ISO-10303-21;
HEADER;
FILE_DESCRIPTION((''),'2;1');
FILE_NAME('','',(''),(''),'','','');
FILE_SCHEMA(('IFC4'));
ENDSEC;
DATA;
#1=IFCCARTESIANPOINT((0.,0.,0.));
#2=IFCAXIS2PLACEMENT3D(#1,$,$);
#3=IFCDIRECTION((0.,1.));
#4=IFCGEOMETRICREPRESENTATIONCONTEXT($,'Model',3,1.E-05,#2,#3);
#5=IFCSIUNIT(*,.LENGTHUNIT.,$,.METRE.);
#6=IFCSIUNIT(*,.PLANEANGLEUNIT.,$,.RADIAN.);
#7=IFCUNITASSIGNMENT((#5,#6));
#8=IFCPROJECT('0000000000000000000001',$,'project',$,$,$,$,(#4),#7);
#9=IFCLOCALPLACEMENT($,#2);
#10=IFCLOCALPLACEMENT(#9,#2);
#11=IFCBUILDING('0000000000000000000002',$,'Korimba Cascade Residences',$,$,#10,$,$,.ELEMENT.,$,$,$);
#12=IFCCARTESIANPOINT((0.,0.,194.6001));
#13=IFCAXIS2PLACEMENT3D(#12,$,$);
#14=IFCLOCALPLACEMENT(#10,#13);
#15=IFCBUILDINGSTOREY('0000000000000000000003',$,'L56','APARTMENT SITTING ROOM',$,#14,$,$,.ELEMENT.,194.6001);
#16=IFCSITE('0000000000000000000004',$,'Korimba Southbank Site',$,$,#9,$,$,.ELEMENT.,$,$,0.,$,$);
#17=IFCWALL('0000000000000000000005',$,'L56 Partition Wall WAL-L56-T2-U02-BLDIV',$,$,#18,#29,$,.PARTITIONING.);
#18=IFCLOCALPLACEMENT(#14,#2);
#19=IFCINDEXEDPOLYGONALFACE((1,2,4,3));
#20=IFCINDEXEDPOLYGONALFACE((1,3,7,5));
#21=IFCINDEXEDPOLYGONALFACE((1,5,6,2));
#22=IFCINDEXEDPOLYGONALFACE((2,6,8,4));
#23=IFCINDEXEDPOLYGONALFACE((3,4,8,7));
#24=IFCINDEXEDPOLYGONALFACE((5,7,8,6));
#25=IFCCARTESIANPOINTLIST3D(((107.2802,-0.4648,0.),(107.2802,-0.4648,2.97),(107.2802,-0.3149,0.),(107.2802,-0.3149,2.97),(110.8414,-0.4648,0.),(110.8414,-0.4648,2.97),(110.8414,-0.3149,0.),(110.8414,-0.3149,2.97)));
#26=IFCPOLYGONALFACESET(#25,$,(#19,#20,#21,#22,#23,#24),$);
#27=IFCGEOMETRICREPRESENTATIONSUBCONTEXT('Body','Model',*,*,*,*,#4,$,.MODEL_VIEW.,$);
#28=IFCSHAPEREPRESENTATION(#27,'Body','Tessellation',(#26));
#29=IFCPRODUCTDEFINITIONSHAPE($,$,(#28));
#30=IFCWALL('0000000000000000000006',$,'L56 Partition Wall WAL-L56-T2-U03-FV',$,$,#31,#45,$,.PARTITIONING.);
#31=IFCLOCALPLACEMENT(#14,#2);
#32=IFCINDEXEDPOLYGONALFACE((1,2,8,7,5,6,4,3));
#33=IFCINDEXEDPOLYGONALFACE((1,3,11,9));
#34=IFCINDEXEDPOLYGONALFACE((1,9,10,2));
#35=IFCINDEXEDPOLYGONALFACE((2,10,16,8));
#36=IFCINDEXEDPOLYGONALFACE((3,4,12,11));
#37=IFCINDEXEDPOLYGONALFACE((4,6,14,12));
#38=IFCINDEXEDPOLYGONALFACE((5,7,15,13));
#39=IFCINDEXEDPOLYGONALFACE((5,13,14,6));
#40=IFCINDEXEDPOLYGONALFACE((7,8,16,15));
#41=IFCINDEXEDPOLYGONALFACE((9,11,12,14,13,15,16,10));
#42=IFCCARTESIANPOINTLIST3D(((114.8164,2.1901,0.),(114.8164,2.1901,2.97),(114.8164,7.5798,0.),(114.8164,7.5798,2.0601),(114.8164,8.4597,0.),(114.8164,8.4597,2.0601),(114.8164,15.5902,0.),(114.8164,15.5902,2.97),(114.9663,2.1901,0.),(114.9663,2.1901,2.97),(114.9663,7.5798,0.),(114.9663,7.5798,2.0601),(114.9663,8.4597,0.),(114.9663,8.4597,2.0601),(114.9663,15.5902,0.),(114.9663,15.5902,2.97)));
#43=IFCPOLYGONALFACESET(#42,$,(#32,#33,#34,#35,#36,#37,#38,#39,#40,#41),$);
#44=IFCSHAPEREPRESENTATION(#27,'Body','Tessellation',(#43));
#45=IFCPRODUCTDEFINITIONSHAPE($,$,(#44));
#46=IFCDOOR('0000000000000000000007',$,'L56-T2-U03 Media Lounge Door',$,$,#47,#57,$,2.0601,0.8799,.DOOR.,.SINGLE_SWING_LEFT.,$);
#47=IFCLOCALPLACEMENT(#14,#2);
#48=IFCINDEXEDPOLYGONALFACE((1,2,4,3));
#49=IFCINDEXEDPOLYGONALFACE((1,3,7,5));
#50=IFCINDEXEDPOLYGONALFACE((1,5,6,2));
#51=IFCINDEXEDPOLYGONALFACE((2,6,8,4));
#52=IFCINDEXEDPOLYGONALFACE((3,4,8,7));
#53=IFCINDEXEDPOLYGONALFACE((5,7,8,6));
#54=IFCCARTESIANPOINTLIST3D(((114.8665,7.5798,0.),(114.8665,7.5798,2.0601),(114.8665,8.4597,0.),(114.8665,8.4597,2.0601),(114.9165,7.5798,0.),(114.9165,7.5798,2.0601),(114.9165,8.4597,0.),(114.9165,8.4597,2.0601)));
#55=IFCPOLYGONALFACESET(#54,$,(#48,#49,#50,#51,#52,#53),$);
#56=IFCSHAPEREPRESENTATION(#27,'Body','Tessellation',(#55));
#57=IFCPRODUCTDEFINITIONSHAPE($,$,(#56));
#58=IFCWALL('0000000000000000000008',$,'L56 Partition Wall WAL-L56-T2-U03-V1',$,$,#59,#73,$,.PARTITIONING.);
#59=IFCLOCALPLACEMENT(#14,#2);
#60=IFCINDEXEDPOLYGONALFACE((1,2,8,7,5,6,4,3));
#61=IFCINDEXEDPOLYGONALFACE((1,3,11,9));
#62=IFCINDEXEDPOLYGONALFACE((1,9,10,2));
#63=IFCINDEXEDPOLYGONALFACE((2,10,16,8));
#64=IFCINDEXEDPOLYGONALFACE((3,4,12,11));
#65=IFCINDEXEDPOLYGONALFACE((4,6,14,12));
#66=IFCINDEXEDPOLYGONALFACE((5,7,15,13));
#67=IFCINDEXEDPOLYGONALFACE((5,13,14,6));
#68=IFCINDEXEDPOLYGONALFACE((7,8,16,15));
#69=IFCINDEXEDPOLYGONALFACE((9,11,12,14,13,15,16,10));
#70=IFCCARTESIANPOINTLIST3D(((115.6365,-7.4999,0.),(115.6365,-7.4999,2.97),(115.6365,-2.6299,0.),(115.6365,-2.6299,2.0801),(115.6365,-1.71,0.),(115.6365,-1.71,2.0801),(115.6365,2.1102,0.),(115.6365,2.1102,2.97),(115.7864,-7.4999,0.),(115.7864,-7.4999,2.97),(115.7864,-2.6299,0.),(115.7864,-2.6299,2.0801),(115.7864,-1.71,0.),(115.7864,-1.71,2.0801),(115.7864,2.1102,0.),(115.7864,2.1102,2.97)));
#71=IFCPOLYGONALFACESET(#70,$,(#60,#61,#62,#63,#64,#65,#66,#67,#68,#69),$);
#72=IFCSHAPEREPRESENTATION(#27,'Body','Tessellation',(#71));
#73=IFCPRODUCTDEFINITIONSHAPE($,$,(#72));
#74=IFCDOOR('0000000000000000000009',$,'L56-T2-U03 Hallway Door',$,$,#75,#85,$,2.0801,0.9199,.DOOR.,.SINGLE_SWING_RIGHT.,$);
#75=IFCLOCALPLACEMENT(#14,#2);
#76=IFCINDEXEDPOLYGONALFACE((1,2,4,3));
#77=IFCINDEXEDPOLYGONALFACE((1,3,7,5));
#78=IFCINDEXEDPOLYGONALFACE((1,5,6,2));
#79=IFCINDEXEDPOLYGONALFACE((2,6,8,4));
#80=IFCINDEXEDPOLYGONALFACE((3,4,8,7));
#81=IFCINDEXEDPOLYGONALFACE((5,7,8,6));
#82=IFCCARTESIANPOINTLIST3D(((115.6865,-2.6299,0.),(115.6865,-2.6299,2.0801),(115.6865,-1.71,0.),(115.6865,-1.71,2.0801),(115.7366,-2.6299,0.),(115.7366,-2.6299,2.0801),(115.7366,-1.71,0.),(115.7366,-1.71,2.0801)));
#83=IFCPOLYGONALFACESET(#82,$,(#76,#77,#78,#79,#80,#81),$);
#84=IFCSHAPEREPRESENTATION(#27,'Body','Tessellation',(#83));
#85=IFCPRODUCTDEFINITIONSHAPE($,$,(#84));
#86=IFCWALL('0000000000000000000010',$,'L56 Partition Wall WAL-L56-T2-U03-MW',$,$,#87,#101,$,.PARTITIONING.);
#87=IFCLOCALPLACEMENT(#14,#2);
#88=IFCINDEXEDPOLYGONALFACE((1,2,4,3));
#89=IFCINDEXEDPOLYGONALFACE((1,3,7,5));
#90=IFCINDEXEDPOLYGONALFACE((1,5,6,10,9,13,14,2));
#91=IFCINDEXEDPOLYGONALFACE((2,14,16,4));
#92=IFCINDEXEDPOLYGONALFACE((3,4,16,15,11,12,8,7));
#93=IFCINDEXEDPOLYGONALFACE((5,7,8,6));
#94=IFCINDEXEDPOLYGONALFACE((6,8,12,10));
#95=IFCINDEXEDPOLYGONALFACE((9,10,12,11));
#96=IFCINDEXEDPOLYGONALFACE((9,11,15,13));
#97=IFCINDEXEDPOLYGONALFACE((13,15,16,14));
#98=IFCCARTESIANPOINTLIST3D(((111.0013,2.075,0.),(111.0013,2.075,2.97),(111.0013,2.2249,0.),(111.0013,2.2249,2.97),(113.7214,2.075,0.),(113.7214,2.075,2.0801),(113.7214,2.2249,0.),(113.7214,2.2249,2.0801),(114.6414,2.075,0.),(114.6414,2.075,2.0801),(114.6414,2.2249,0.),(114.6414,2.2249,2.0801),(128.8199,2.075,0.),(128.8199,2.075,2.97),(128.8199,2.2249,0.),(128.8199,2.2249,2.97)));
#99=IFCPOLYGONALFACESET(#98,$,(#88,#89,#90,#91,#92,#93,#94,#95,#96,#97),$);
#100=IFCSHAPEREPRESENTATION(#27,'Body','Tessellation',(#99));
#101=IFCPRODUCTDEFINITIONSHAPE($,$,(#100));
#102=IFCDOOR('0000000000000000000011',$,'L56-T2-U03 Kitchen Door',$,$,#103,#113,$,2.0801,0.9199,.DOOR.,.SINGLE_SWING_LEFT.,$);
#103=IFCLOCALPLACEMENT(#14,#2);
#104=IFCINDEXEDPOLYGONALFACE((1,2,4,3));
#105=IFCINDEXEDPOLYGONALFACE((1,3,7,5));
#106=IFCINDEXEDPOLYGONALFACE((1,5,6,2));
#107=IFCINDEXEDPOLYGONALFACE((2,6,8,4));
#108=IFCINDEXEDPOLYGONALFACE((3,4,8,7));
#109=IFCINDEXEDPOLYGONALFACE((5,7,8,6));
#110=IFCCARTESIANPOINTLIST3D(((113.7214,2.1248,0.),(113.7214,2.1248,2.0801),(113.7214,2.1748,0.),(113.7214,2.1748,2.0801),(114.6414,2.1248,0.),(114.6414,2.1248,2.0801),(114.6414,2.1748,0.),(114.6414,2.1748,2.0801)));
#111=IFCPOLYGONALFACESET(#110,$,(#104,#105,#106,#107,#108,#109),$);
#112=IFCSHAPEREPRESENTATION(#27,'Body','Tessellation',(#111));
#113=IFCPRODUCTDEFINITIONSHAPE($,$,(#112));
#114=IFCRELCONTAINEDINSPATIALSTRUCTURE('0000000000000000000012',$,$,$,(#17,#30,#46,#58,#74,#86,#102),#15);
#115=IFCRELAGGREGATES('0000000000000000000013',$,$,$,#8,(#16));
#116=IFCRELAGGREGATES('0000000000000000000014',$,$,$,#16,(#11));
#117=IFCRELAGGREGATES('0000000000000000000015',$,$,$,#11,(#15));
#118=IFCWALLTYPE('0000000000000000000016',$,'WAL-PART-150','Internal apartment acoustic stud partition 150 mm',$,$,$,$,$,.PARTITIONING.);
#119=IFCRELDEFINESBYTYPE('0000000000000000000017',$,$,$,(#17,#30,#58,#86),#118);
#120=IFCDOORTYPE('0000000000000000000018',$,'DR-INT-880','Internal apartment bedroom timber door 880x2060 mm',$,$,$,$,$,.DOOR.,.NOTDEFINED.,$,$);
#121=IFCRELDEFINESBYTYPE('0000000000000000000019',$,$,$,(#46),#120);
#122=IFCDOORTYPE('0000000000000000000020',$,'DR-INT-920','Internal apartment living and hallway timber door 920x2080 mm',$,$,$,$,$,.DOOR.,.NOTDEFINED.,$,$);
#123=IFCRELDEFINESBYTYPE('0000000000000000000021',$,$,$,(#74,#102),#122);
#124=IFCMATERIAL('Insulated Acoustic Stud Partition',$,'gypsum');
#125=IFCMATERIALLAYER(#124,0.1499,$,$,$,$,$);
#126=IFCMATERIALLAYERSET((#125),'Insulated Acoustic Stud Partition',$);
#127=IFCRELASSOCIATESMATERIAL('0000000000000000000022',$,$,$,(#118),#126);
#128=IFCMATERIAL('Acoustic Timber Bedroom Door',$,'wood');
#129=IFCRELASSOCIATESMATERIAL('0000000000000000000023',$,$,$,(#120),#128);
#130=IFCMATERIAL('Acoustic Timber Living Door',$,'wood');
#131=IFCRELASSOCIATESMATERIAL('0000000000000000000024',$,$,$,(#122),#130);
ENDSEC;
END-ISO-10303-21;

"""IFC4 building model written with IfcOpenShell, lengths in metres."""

from ifc_helpers import new_model, si_unit, direction, frame, frame_2d, origin, place, context, subcontext, project, spatial, rectangle, extrude, material, layer, layer_set, type_object, element, fill, save


model = new_model("IFC4")

# Units and contexts
model_context = context("Model", 3, precision=1e-05, world=origin(), true_north=direction((0.0, 1.0)))
body_context = subcontext(model_context, "Body", "Model", "MODEL_VIEW")
ifc_project = project(units=[si_unit("LENGTHUNIT", "METRE"), si_unit("PLANEANGLEUNIT", "RADIAN")], contexts=[model_context])

# Site, building, storey
site_placement = place(None, origin())
site = spatial("IfcSite", under=ifc_project, at=site_placement, Name="Korimba Southbank Site", CompositionType="ELEMENT", RefElevation=0.0)
building_placement = place(site_placement, origin())
building = spatial("IfcBuilding", under=site, at=building_placement, Name="Korimba Cascade Residences", CompositionType="ELEMENT")
storey_placement = place(building_placement, frame((0.0, 0.0, 194.6001)))
storey = spatial("IfcBuildingStorey", under=building, at=storey_placement, Name="L56", Description="APARTMENT SITTING ROOM", CompositionType="ELEMENT", Elevation=194.6001)

# Wall
ifc_material_1 = material(Name="Insulated Acoustic Stud Partition", Category="gypsum")
ifc_layer_1 = layer(ifc_material_1, 0.1499)
ifc_layer_set_1 = layer_set([ifc_layer_1], Name="Insulated Acoustic Stud Partition")
wall_type_1 = type_object("IfcWallType", Name="WAL-PART-150", Description="Internal apartment acoustic stud partition 150 mm", PredefinedType="PARTITIONING", material=ifc_layer_set_1)
wall_1_placement = place(storey_placement, frame((107.28, -0.3899, 0.0), z_axis=(0.0, 0.0, 1.0), x_axis=(1.0, 0.0, 0.0)))
element("IfcWall", 1, at=wall_1_placement, inside=storey, type_object=wall_type_1, Name="L56 Partition Wall WAL-L56-T2-U02-BLDIV", PredefinedType="PARTITIONING", context=body_context, shape_type="SweptSolid", body=[
    extrude(rectangle(XDim=3.5613, YDim=0.1499, at=frame_2d((1.7808, 0.0))), origin(), (0.0, 0.0, 1.0), 2.97),
])

# Walls, openings, doors
wall_2_placement = place(storey_placement, frame((114.8914, 2.1899, 0.0), z_axis=(0.0, 0.0, 1.0), x_axis=(0.0, 1.0, 0.0)))
wall_2 = element("IfcWall", 2, at=wall_2_placement, inside=storey, type_object=wall_type_1, Name="L56 Partition Wall WAL-L56-T2-U03-FV", PredefinedType="PARTITIONING", context=body_context, shape_type="SweptSolid", body=[
    extrude(rectangle(XDim=13.4001, YDim=0.1499, at=frame_2d((6.7002, 0.0))), origin(), (0.0, 0.0, 1.0), 2.97),
])
opening_1_placement = place(wall_2_placement, frame((5.3899, 0.0, 0.0)))
opening_1 = element("IfcOpeningElement", 3, at=opening_1_placement, cuts=wall_2, PredefinedType="OPENING", context=body_context, shape_type="SweptSolid", body=[
    extrude(rectangle(XDim=0.8799, YDim=2.0601, at=frame_2d((0.4399, 1.03))), frame((0.0, 0.085, 0.0), z_axis=(0.0, -1.0, 0.0), x_axis=(1.0, 0.0, 0.0)), (0.0, 0.0, 1.0), 0.1699),
])
ifc_material_2 = material(Name="Acoustic Timber Bedroom Door", Category="wood")
door_type_1 = type_object("IfcDoorType", Name="DR-INT-880", Description="Internal apartment bedroom timber door 880x2060 mm", OperationType="NOTDEFINED", PredefinedType="DOOR", material=ifc_material_2)
door_1_placement = place(opening_1_placement, origin())
door_1 = element("IfcDoor", 4, at=door_1_placement, inside=storey, type_object=door_type_1, Name="L56-T2-U03 Media Lounge Door", OperationType="SINGLE_SWING_LEFT", OverallHeight=2.0601, OverallWidth=0.8799, PredefinedType="DOOR", context=body_context, shape_type="SweptSolid", body=[
    extrude(rectangle(XDim=0.8799, YDim=2.0601, at=frame_2d((0.4399, 1.03))), frame((0.0, 0.0249, 0.0), z_axis=(0.0, -1.0, 0.0), x_axis=(1.0, 0.0, 0.0)), (0.0, 0.0, 1.0), 0.05),
])
fill(opening_1, door_1)
wall_3_placement = place(storey_placement, frame((115.7114, -7.5, 0.0), z_axis=(0.0, 0.0, 1.0), x_axis=(0.0, 1.0, 0.0)))
wall_3 = element("IfcWall", 5, at=wall_3_placement, inside=storey, type_object=wall_type_1, Name="L56 Partition Wall WAL-L56-T2-U03-V1", PredefinedType="PARTITIONING", context=body_context, shape_type="SweptSolid", body=[
    extrude(rectangle(XDim=9.6101, YDim=0.1499, at=frame_2d((4.8052, 0.0))), origin(), (0.0, 0.0, 1.0), 2.97),
])
opening_2_placement = place(wall_3_placement, frame((4.8701, 0.0, 0.0)))
opening_2 = element("IfcOpeningElement", 6, at=opening_2_placement, cuts=wall_3, PredefinedType="OPENING", context=body_context, shape_type="SweptSolid", body=[
    extrude(rectangle(XDim=0.9199, YDim=2.0801, at=frame_2d((0.46, 1.04))), frame((0.0, 0.085, 0.0), z_axis=(0.0, -1.0, 0.0), x_axis=(1.0, 0.0, 0.0)), (0.0, 0.0, 1.0), 0.1699),
])
ifc_material_3 = material(Name="Acoustic Timber Living Door", Category="wood")
door_type_2 = type_object("IfcDoorType", Name="DR-INT-920", Description="Internal apartment living and hallway timber door 920x2080 mm", OperationType="NOTDEFINED", PredefinedType="DOOR", material=ifc_material_3)
door_2_placement = place(opening_2_placement, origin())
door_2 = element("IfcDoor", 7, at=door_2_placement, inside=storey, type_object=door_type_2, Name="L56-T2-U03 Hallway Door", OperationType="SINGLE_SWING_RIGHT", OverallHeight=2.0801, OverallWidth=0.9199, PredefinedType="DOOR", context=body_context, shape_type="SweptSolid", body=[
    extrude(rectangle(XDim=0.9199, YDim=2.0801, at=frame_2d((0.46, 1.04))), frame((0.0, 0.0249, 0.0), z_axis=(0.0, -1.0, 0.0), x_axis=(1.0, 0.0, 0.0)), (0.0, 0.0, 1.0), 0.05),
])
fill(opening_2, door_2)
wall_4_placement = place(storey_placement, frame((111.0015, 2.1499, 0.0), z_axis=(0.0, 0.0, 1.0), x_axis=(1.0, 0.0, 0.0)))
wall_4 = element("IfcWall", 8, at=wall_4_placement, inside=storey, type_object=wall_type_1, Name="L56 Partition Wall WAL-L56-T2-U03-MW", PredefinedType="PARTITIONING", context=body_context, shape_type="SweptSolid", body=[
    extrude(rectangle(XDim=17.8186, YDim=0.1499, at=frame_2d((8.9092, 0.0))), origin(), (0.0, 0.0, 1.0), 2.97),
])
opening_3_placement = place(wall_4_placement, frame((2.72, 0.0, 0.0)))
opening_3 = element("IfcOpeningElement", 9, at=opening_3_placement, cuts=wall_4, PredefinedType="OPENING", context=body_context, shape_type="SweptSolid", body=[
    extrude(rectangle(XDim=0.9199, YDim=2.0801, at=frame_2d((0.46, 1.04))), frame((0.0, 0.085, 0.0), z_axis=(0.0, -1.0, 0.0), x_axis=(1.0, 0.0, 0.0)), (0.0, 0.0, 1.0), 0.1699),
])
door_3_placement = place(opening_3_placement, origin())
door_3 = element("IfcDoor", 10, at=door_3_placement, inside=storey, type_object=door_type_2, Name="L56-T2-U03 Kitchen Door", OperationType="SINGLE_SWING_LEFT", OverallHeight=2.0801, OverallWidth=0.9199, PredefinedType="DOOR", context=body_context, shape_type="SweptSolid", body=[
    extrude(rectangle(XDim=0.9199, YDim=2.0801, at=frame_2d((0.46, 1.04))), frame((0.0, 0.0249, 0.0), z_axis=(0.0, -1.0, 0.0), x_axis=(1.0, 0.0, 0.0)), (0.0, 0.0, 1.0), 0.05),
])
fill(opening_3, door_3)

save(model, "model.ifc")
